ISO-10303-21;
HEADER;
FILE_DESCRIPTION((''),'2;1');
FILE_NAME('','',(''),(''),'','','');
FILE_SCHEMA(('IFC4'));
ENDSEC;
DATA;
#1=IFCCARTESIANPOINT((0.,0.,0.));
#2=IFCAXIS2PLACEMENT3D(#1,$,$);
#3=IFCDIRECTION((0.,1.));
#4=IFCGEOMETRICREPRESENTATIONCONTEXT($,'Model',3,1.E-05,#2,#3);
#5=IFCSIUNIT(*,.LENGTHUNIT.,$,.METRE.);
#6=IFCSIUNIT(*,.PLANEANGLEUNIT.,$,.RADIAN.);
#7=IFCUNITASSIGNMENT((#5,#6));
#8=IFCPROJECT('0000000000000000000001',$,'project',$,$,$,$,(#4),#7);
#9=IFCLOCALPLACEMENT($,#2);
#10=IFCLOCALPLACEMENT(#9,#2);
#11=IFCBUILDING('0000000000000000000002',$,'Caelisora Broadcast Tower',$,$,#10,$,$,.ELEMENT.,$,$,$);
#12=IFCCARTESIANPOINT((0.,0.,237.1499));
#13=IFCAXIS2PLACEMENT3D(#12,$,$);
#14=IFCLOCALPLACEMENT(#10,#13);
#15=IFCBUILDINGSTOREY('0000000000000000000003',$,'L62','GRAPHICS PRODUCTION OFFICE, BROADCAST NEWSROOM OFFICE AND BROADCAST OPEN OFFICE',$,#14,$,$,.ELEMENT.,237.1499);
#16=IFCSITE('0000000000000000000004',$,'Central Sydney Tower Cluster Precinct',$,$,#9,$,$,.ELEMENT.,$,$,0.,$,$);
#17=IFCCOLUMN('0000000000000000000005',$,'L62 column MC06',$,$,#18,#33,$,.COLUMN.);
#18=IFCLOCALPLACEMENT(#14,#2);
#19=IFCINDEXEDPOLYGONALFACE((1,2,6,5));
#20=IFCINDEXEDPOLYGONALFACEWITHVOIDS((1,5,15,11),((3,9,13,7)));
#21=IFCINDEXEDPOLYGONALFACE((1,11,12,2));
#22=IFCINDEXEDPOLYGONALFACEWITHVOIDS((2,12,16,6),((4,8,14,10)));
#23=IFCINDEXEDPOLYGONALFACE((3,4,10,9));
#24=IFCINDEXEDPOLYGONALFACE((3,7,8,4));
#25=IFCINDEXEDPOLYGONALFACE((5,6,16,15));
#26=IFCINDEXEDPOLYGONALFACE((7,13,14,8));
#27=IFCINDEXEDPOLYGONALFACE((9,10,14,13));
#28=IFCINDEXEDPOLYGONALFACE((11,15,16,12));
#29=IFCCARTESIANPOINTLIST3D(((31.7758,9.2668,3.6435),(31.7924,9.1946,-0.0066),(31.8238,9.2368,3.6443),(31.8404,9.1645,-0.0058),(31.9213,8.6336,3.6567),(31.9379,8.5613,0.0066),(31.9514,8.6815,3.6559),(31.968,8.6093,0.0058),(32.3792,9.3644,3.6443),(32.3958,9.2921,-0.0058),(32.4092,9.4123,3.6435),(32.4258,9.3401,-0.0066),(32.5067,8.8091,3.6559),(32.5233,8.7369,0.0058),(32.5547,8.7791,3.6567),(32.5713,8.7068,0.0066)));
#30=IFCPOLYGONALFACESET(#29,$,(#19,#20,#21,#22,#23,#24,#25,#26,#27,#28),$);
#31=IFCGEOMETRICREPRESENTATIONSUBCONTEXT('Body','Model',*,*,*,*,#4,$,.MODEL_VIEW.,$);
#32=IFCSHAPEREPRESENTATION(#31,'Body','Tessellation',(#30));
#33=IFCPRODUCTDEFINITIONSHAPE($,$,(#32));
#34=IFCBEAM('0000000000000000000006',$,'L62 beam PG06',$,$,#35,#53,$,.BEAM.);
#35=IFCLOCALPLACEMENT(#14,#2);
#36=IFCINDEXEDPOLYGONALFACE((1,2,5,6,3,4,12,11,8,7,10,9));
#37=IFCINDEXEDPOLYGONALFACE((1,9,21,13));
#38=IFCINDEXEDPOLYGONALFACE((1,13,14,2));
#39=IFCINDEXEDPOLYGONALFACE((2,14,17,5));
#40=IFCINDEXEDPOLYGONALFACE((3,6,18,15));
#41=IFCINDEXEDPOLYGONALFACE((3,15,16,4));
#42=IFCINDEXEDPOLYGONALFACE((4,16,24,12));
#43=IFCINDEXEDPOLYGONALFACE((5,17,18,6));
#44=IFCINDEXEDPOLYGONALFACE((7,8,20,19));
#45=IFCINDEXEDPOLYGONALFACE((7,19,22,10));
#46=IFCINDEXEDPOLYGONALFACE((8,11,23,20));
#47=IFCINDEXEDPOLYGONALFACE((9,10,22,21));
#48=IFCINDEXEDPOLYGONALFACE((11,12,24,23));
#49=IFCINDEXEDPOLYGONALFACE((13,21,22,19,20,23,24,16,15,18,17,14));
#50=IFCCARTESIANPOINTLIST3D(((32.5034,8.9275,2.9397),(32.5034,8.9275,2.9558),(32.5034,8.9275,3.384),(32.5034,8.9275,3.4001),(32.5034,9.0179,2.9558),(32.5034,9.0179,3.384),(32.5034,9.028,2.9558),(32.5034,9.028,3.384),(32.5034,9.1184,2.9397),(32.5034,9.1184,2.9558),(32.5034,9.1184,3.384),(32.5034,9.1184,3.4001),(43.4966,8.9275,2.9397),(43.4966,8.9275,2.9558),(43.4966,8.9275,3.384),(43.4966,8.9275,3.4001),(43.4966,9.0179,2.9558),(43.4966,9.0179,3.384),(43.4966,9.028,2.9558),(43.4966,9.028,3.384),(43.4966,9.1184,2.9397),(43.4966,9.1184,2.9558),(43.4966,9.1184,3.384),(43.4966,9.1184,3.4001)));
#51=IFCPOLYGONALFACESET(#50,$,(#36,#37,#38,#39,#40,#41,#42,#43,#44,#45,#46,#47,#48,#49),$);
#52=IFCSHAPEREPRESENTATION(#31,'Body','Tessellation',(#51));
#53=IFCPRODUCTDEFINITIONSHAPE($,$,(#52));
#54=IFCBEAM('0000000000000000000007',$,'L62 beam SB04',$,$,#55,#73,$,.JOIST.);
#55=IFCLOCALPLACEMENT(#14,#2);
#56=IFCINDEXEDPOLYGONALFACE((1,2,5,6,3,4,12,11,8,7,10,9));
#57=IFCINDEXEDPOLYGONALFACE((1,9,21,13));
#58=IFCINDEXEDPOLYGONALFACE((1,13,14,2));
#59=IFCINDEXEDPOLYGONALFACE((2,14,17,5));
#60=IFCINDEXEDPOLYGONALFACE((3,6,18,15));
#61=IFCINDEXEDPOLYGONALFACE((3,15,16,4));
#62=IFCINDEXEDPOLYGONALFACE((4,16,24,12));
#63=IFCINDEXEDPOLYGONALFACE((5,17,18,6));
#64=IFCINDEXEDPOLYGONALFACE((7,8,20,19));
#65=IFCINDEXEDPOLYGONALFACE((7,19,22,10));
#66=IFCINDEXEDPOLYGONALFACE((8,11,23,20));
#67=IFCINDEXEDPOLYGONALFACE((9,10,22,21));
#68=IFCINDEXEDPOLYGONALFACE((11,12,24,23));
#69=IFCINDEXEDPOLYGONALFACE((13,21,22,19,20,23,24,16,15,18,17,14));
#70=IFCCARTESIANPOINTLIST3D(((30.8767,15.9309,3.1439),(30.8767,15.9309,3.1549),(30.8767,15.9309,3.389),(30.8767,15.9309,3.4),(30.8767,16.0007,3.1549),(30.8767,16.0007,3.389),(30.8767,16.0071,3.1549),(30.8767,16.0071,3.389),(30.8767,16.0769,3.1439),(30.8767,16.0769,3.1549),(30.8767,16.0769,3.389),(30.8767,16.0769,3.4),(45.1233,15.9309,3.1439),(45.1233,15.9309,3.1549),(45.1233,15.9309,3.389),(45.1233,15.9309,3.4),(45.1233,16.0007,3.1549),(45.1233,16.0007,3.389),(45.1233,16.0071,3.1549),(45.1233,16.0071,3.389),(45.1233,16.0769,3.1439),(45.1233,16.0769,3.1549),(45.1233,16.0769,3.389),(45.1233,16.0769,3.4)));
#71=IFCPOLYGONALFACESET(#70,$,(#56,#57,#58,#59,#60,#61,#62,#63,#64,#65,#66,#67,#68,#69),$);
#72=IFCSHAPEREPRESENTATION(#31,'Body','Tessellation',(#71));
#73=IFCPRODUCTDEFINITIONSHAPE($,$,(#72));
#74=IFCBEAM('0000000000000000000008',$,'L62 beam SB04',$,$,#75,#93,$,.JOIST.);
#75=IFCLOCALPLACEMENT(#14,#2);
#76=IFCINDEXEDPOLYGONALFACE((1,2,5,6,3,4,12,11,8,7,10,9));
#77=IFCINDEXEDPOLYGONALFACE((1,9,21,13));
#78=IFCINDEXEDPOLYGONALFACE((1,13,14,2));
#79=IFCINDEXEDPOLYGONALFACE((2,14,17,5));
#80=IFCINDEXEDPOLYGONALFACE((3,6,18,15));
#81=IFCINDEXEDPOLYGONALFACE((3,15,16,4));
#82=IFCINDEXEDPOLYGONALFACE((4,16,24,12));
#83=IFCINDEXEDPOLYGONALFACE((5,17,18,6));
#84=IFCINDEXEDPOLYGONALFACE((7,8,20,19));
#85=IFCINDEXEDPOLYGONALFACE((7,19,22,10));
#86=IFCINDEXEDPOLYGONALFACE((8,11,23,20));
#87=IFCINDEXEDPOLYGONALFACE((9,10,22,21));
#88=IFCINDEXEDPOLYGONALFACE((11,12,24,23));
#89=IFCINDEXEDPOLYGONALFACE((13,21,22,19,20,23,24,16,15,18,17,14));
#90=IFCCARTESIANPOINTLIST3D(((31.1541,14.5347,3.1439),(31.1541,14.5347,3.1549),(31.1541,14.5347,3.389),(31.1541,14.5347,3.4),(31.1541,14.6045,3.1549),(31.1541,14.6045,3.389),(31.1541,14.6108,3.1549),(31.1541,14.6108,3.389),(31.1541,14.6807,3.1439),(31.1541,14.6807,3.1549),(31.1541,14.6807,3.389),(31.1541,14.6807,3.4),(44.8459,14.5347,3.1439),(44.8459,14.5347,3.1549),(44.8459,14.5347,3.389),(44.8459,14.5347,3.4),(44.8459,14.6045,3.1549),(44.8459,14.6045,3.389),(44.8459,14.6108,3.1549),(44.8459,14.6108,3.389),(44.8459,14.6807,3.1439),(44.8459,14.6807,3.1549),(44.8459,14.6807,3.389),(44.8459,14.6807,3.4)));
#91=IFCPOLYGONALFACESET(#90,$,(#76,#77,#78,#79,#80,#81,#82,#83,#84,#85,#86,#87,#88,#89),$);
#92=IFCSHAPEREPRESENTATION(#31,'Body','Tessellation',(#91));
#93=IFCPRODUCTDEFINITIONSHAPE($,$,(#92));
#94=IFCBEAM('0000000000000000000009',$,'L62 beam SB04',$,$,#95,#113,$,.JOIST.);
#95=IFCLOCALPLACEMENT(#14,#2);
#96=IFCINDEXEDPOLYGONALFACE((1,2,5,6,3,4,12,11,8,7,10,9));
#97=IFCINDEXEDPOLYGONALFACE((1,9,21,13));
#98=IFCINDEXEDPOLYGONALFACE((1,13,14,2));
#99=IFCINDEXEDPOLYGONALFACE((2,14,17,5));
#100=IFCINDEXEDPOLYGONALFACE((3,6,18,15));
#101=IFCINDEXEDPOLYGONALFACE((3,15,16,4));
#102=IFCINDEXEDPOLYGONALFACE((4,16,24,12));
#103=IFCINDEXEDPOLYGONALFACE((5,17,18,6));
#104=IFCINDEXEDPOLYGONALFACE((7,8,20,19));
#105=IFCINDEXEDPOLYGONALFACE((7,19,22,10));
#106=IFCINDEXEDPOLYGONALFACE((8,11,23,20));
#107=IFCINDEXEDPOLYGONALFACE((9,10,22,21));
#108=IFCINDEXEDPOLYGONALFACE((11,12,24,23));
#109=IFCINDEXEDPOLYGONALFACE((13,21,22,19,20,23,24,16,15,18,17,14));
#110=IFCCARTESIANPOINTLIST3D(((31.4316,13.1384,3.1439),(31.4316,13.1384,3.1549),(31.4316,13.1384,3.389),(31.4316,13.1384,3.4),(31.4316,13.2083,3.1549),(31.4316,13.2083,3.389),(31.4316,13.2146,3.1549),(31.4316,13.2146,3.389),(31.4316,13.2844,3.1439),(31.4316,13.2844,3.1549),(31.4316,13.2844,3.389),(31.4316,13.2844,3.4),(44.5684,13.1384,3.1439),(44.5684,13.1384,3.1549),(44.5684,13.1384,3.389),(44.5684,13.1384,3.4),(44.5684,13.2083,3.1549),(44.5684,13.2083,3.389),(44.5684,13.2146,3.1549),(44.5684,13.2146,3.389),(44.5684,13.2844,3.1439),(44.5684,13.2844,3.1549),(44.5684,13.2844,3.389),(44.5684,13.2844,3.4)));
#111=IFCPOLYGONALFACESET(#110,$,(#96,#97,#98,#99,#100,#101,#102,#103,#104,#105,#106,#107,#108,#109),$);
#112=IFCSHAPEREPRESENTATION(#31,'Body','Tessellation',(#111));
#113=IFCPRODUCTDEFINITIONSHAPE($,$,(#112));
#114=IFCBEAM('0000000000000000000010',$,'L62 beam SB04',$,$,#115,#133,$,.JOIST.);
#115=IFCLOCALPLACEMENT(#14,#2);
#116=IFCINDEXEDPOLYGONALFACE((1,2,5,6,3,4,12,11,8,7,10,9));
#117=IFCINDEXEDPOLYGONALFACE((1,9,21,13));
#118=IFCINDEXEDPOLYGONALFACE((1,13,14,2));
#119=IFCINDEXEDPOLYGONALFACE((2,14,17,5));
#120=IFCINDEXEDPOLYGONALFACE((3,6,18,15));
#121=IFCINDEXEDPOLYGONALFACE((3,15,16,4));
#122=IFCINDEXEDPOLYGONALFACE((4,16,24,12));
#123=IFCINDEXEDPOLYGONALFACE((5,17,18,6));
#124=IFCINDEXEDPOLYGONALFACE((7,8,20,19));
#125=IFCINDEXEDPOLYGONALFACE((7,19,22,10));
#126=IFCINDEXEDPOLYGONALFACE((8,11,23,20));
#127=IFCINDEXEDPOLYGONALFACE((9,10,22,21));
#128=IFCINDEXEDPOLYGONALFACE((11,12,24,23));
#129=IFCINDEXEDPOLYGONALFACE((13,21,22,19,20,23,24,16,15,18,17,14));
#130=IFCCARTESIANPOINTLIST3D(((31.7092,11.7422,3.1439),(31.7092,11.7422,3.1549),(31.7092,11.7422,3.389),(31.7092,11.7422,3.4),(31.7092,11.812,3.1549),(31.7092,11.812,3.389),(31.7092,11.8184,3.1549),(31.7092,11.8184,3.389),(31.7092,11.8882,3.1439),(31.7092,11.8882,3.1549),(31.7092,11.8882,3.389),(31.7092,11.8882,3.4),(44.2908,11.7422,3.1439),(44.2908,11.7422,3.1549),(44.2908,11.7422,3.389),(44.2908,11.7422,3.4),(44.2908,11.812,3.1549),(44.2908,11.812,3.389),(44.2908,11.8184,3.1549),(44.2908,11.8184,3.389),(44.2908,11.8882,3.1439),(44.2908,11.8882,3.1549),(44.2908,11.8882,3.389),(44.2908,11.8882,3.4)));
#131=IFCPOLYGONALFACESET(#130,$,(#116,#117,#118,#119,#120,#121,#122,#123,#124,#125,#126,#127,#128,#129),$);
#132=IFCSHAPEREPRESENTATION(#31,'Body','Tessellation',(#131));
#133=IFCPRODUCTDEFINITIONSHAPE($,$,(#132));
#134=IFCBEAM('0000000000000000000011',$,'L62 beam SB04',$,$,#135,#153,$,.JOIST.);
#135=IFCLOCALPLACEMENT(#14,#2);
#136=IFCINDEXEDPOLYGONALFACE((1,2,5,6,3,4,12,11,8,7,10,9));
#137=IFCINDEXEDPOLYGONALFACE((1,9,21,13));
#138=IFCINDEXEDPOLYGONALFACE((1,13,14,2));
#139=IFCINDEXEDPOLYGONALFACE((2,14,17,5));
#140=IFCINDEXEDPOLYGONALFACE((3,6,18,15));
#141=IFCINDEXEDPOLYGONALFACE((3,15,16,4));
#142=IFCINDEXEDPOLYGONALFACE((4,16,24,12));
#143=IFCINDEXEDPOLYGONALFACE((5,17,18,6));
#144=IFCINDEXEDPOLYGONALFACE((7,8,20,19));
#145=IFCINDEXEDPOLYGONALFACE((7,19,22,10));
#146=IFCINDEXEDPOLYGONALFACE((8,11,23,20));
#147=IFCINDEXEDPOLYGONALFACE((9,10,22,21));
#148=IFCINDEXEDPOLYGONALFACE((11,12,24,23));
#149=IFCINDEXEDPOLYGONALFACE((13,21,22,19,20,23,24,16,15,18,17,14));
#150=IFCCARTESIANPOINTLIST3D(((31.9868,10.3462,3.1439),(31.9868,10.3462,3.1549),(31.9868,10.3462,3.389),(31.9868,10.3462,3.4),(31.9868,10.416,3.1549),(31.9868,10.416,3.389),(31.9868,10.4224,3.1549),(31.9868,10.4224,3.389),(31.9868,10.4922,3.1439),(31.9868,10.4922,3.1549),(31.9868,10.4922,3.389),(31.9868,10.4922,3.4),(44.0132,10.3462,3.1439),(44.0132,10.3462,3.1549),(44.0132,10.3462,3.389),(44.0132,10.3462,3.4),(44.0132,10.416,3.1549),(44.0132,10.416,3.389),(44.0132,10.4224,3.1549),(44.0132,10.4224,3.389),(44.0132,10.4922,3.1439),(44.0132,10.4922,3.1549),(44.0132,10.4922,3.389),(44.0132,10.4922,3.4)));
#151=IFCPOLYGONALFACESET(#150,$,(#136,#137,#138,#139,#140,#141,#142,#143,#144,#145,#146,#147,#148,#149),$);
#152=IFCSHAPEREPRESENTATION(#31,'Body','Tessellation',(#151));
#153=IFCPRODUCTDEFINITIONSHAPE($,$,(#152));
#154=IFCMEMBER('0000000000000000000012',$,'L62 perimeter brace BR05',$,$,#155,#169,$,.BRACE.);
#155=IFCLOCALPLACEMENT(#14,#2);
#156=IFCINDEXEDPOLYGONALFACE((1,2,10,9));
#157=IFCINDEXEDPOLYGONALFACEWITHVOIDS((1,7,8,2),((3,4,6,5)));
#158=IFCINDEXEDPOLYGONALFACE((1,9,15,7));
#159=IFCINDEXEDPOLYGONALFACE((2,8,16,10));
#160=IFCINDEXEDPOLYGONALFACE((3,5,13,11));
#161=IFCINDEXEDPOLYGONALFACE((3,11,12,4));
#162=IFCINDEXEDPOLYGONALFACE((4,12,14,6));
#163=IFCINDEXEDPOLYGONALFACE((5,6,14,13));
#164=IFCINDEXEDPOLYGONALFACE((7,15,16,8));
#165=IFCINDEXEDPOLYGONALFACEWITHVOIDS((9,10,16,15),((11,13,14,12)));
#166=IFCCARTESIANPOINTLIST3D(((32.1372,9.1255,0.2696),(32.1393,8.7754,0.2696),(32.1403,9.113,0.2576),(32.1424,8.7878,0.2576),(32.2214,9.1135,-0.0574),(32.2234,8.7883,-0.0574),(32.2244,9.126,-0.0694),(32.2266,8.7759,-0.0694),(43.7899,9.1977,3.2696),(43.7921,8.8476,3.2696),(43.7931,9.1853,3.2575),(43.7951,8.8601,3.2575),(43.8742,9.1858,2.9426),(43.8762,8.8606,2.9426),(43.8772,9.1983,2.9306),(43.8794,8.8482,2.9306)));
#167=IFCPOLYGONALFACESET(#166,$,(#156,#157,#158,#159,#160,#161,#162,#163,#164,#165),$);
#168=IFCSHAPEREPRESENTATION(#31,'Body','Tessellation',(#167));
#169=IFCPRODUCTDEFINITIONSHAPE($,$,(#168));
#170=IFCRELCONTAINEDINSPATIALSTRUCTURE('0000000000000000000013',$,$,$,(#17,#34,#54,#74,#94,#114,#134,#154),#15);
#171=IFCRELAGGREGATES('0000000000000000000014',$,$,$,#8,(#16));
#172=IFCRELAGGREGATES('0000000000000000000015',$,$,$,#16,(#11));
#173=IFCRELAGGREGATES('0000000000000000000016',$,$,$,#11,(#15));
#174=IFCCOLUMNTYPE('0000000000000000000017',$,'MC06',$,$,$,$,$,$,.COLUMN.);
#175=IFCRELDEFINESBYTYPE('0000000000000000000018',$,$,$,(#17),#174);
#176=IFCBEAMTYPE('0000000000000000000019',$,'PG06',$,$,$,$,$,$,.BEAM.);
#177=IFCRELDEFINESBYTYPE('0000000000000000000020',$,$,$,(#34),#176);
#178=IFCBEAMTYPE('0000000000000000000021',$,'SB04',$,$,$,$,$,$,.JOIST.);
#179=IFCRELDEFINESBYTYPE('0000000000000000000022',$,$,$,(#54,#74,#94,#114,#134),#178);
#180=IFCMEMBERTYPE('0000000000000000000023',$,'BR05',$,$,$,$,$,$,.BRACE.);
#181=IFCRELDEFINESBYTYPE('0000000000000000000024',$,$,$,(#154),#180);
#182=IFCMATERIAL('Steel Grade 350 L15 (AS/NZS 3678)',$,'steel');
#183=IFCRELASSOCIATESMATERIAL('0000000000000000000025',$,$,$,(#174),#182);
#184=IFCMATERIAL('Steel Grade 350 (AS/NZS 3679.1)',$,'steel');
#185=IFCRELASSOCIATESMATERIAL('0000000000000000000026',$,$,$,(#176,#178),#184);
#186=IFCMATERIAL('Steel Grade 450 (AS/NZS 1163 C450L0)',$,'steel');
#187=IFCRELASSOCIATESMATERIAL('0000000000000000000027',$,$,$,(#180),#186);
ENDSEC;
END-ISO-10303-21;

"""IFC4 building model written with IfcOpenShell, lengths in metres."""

from ifc_helpers import new_model, si_unit, direction, frame, origin, origin_2d, place, context, subcontext, project, spatial, hollow_rectangle, i_section, extrude, source, transform, mapped, material, material_profile, profile_set, type_object, type_shapes, element, save


model = new_model("IFC4")

# Units and contexts
model_context = context("Model", 3, precision=1e-05, world=origin(), true_north=direction((0.0, 1.0)))
body_context = subcontext(model_context, "Body", "Model", "MODEL_VIEW")
ifc_project = project(units=[si_unit("LENGTHUNIT", "METRE"), si_unit("PLANEANGLEUNIT", "RADIAN")], contexts=[model_context])

# Site, building, storey
site_placement = place(None, origin())
site = spatial("IfcSite", under=ifc_project, at=site_placement, Name="Central Sydney Tower Cluster Precinct", CompositionType="ELEMENT", RefElevation=0.0)
building_placement = place(site_placement, origin())
building = spatial("IfcBuilding", under=site, at=building_placement, Name="Caelisora Broadcast Tower", CompositionType="ELEMENT")
storey_placement = place(building_placement, frame((0.0, 0.0, 237.1499)))
storey = spatial("IfcBuildingStorey", under=building, at=storey_placement, Name="L62", Description="GRAPHICS PRODUCTION OFFICE, BROADCAST NEWSROOM OFFICE AND BROADCAST OPEN OFFICE", CompositionType="ELEMENT", Elevation=237.1499)

# Column
ifc_material_1 = material(Name="Steel Grade 350 L15 (AS/NZS 3678)", Category="steel")
ifc_material_profile_1 = material_profile(ifc_material_1, hollow_rectangle(XDim=0.6499, YDim=0.6499, WallThickness=0.04, at=origin_2d()), Name="Steel Grade 350 L15 (AS/NZS 3678)")
ifc_profile_set_1 = profile_set([ifc_material_profile_1], Name="Steel Grade 350 L15 (AS/NZS 3678)")
column_type = type_object("IfcColumnType", Name="MC06", PredefinedType="COLUMN", material=ifc_profile_set_1)
shared_shape_1 = source(origin(), body_context, "Body", "SweptSolid", [
    extrude(hollow_rectangle(XDim=0.6499, YDim=0.6499, WallThickness=0.04, at=origin_2d()), origin(), (0.0, 0.0, 1.0), 3.6509),
])
type_shapes(column_type, [shared_shape_1])
column_placement = place(storey_placement, frame((32.1819, 8.9507, 0.0), z_axis=(-0.004547, 0.019794, 0.999794), x_axis=(-0.974613, -0.223898, 0.0)))
element("IfcColumn", 1, at=column_placement, inside=storey, type_object=column_type, Name="L62 column MC06", PredefinedType="COLUMN", context=body_context, shape_type="MappedRepresentation", body=[
    mapped(shared_shape_1, transform((0.0, 0.0, 0.0), scale=1.0)),
])

# Beams
ifc_material_2 = material(Name="Steel Grade 350 (AS/NZS 3679.1)", Category="steel")
ifc_material_profile_2 = material_profile(ifc_material_2, i_section(OverallWidth=0.1909, OverallDepth=0.4604, WebThickness=0.01, FlangeThickness=0.0161, at=origin_2d()), Name="Steel Grade 350 (AS/NZS 3679.1)")
ifc_profile_set_2 = profile_set([ifc_material_profile_2], Name="Steel Grade 350 (AS/NZS 3679.1)")
beam_type_1 = type_object("IfcBeamType", Name="PG06", PredefinedType="BEAM", material=ifc_profile_set_2)
shared_shape_2 = source(origin(), body_context, "Body", "SweptSolid", [
    extrude(i_section(OverallWidth=0.1909, OverallDepth=0.4604, WebThickness=0.01, FlangeThickness=0.0161, at=origin_2d()), origin(), (0.0, 0.0, 1.0), 10.9932),
])
type_shapes(beam_type_1, [shared_shape_2])
beam_1_placement = place(storey_placement, frame((32.5034, 9.0229, 3.1699), z_axis=(1.0, 0.0, 0.0), x_axis=(0.0, 1.0, 0.0)))
element("IfcBeam", 2, at=beam_1_placement, inside=storey, type_object=beam_type_1, Name="L62 beam PG06", PredefinedType="BEAM", context=body_context, shape_type="MappedRepresentation", body=[
    mapped(shared_shape_2, transform((0.0, 0.0, 0.0), scale=1.0)),
])
ifc_material_profile_3 = material_profile(ifc_material_2, i_section(OverallWidth=0.146, OverallDepth=0.2561, WebThickness=0.0063, FlangeThickness=0.011, at=origin_2d()), Name="Steel Grade 350 (AS/NZS 3679.1)")
ifc_profile_set_3 = profile_set([ifc_material_profile_3], Name="Steel Grade 350 (AS/NZS 3679.1)")
beam_type_2 = type_object("IfcBeamType", Name="SB04", PredefinedType="JOIST", material=ifc_profile_set_3)
shared_shape_3 = source(origin(), body_context, "Body", "SweptSolid", [
    extrude(i_section(OverallWidth=0.146, OverallDepth=0.2561, WebThickness=0.0063, FlangeThickness=0.011, at=origin_2d()), origin(), (0.0, 0.0, 1.0), 14.2466),
])
beam_2_placement = place(storey_placement, frame((30.8767, 16.0039, 3.272), z_axis=(1.0, 0.0, 0.0), x_axis=(0.0, 1.0, 0.0)))
element("IfcBeam", 3, at=beam_2_placement, inside=storey, type_object=beam_type_2, Name="L62 beam SB04", PredefinedType="JOIST", context=body_context, shape_type="MappedRepresentation", body=[
    mapped(shared_shape_3, transform((0.0, 0.0, 0.0), scale=1.0)),
])
shared_shape_4 = source(origin(), body_context, "Body", "SweptSolid", [
    extrude(i_section(OverallWidth=0.146, OverallDepth=0.2561, WebThickness=0.0063, FlangeThickness=0.011, at=origin_2d()), origin(), (0.0, 0.0, 1.0), 13.6919),
])
beam_3_placement = place(storey_placement, frame((31.1541, 14.6077, 3.272), z_axis=(1.0, 0.0, 0.0), x_axis=(0.0, 1.0, 0.0)))
element("IfcBeam", 4, at=beam_3_placement, inside=storey, type_object=beam_type_2, Name="L62 beam SB04", PredefinedType="JOIST", context=body_context, shape_type="MappedRepresentation", body=[
    mapped(shared_shape_4, transform((0.0, 0.0, 0.0), scale=1.0)),
])
shared_shape_5 = source(origin(), body_context, "Body", "SweptSolid", [
    extrude(i_section(OverallWidth=0.146, OverallDepth=0.2561, WebThickness=0.0063, FlangeThickness=0.011, at=origin_2d()), origin(), (0.0, 0.0, 1.0), 13.1367),
])
beam_4_placement = place(storey_placement, frame((31.4316, 13.2114, 3.272), z_axis=(1.0, 0.0, 0.0), x_axis=(0.0, 1.0, 0.0)))
element("IfcBeam", 5, at=beam_4_placement, inside=storey, type_object=beam_type_2, Name="L62 beam SB04", PredefinedType="JOIST", context=body_context, shape_type="MappedRepresentation", body=[
    mapped(shared_shape_5, transform((0.0, 0.0, 0.0), scale=1.0)),
])
shared_shape_6 = source(origin(), body_context, "Body", "SweptSolid", [
    extrude(i_section(OverallWidth=0.146, OverallDepth=0.2561, WebThickness=0.0063, FlangeThickness=0.011, at=origin_2d()), origin(), (0.0, 0.0, 1.0), 12.5815),
])
beam_5_placement = place(storey_placement, frame((31.7092, 11.8152, 3.272), z_axis=(1.0, 0.0, 0.0), x_axis=(0.0, 1.0, 0.0)))
element("IfcBeam", 6, at=beam_5_placement, inside=storey, type_object=beam_type_2, Name="L62 beam SB04", PredefinedType="JOIST", context=body_context, shape_type="MappedRepresentation", body=[
    mapped(shared_shape_6, transform((0.0, 0.0, 0.0), scale=1.0)),
])
shared_shape_7 = source(origin(), body_context, "Body", "SweptSolid", [
    extrude(i_section(OverallWidth=0.146, OverallDepth=0.2561, WebThickness=0.0063, FlangeThickness=0.011, at=origin_2d()), origin(), (0.0, 0.0, 1.0), 12.0264),
])
type_shapes(beam_type_2, [shared_shape_3, shared_shape_4, shared_shape_5, shared_shape_6, shared_shape_7])
beam_6_placement = place(storey_placement, frame((31.9868, 10.4192, 3.272), z_axis=(1.0, 0.0, 0.0), x_axis=(0.0, 1.0, 0.0)))
element("IfcBeam", 7, at=beam_6_placement, inside=storey, type_object=beam_type_2, Name="L62 beam SB04", PredefinedType="JOIST", context=body_context, shape_type="MappedRepresentation", body=[
    mapped(shared_shape_7, transform((0.0, 0.0, 0.0), scale=1.0)),
])

# Member
ifc_material_3 = material(Name="Steel Grade 450 (AS/NZS 1163 C450L0)", Category="steel")
ifc_material_profile_4 = material_profile(ifc_material_3, hollow_rectangle(XDim=0.3501, YDim=0.3501, WallThickness=0.0125, at=origin_2d()), Name="Steel Grade 450 (AS/NZS 1163 C450L0)")
ifc_profile_set_4 = profile_set([ifc_material_profile_4], Name="Steel Grade 450 (AS/NZS 1163 C450L0)")
member_type_1 = type_object("IfcMemberType", Name="BR05", PredefinedType="BRACE", material=ifc_profile_set_4)
shared_shape_8 = source(origin(), body_context, "Body", "SweptSolid", [
    extrude(hollow_rectangle(XDim=0.3501, YDim=0.3501, WallThickness=0.0125, at=origin_2d()), origin(), (0.0, 0.0, 1.0), 12.033),
])
type_shapes(member_type_1, [shared_shape_8])
member_1_placement = place(storey_placement, frame((32.1819, 8.9507, 0.1001), z_axis=(0.968404, 0.006006, 0.249314), x_axis=(-0.006201, 0.999981, 0.0)))
element("IfcMember", 8, at=member_1_placement, inside=storey, type_object=member_type_1, Name="L62 perimeter brace BR05", PredefinedType="BRACE", context=body_context, shape_type="MappedRepresentation", body=[
    mapped(shared_shape_8, transform((0.0, 0.0, 0.0), scale=1.0)),
])

save(model, "model.ifc")
